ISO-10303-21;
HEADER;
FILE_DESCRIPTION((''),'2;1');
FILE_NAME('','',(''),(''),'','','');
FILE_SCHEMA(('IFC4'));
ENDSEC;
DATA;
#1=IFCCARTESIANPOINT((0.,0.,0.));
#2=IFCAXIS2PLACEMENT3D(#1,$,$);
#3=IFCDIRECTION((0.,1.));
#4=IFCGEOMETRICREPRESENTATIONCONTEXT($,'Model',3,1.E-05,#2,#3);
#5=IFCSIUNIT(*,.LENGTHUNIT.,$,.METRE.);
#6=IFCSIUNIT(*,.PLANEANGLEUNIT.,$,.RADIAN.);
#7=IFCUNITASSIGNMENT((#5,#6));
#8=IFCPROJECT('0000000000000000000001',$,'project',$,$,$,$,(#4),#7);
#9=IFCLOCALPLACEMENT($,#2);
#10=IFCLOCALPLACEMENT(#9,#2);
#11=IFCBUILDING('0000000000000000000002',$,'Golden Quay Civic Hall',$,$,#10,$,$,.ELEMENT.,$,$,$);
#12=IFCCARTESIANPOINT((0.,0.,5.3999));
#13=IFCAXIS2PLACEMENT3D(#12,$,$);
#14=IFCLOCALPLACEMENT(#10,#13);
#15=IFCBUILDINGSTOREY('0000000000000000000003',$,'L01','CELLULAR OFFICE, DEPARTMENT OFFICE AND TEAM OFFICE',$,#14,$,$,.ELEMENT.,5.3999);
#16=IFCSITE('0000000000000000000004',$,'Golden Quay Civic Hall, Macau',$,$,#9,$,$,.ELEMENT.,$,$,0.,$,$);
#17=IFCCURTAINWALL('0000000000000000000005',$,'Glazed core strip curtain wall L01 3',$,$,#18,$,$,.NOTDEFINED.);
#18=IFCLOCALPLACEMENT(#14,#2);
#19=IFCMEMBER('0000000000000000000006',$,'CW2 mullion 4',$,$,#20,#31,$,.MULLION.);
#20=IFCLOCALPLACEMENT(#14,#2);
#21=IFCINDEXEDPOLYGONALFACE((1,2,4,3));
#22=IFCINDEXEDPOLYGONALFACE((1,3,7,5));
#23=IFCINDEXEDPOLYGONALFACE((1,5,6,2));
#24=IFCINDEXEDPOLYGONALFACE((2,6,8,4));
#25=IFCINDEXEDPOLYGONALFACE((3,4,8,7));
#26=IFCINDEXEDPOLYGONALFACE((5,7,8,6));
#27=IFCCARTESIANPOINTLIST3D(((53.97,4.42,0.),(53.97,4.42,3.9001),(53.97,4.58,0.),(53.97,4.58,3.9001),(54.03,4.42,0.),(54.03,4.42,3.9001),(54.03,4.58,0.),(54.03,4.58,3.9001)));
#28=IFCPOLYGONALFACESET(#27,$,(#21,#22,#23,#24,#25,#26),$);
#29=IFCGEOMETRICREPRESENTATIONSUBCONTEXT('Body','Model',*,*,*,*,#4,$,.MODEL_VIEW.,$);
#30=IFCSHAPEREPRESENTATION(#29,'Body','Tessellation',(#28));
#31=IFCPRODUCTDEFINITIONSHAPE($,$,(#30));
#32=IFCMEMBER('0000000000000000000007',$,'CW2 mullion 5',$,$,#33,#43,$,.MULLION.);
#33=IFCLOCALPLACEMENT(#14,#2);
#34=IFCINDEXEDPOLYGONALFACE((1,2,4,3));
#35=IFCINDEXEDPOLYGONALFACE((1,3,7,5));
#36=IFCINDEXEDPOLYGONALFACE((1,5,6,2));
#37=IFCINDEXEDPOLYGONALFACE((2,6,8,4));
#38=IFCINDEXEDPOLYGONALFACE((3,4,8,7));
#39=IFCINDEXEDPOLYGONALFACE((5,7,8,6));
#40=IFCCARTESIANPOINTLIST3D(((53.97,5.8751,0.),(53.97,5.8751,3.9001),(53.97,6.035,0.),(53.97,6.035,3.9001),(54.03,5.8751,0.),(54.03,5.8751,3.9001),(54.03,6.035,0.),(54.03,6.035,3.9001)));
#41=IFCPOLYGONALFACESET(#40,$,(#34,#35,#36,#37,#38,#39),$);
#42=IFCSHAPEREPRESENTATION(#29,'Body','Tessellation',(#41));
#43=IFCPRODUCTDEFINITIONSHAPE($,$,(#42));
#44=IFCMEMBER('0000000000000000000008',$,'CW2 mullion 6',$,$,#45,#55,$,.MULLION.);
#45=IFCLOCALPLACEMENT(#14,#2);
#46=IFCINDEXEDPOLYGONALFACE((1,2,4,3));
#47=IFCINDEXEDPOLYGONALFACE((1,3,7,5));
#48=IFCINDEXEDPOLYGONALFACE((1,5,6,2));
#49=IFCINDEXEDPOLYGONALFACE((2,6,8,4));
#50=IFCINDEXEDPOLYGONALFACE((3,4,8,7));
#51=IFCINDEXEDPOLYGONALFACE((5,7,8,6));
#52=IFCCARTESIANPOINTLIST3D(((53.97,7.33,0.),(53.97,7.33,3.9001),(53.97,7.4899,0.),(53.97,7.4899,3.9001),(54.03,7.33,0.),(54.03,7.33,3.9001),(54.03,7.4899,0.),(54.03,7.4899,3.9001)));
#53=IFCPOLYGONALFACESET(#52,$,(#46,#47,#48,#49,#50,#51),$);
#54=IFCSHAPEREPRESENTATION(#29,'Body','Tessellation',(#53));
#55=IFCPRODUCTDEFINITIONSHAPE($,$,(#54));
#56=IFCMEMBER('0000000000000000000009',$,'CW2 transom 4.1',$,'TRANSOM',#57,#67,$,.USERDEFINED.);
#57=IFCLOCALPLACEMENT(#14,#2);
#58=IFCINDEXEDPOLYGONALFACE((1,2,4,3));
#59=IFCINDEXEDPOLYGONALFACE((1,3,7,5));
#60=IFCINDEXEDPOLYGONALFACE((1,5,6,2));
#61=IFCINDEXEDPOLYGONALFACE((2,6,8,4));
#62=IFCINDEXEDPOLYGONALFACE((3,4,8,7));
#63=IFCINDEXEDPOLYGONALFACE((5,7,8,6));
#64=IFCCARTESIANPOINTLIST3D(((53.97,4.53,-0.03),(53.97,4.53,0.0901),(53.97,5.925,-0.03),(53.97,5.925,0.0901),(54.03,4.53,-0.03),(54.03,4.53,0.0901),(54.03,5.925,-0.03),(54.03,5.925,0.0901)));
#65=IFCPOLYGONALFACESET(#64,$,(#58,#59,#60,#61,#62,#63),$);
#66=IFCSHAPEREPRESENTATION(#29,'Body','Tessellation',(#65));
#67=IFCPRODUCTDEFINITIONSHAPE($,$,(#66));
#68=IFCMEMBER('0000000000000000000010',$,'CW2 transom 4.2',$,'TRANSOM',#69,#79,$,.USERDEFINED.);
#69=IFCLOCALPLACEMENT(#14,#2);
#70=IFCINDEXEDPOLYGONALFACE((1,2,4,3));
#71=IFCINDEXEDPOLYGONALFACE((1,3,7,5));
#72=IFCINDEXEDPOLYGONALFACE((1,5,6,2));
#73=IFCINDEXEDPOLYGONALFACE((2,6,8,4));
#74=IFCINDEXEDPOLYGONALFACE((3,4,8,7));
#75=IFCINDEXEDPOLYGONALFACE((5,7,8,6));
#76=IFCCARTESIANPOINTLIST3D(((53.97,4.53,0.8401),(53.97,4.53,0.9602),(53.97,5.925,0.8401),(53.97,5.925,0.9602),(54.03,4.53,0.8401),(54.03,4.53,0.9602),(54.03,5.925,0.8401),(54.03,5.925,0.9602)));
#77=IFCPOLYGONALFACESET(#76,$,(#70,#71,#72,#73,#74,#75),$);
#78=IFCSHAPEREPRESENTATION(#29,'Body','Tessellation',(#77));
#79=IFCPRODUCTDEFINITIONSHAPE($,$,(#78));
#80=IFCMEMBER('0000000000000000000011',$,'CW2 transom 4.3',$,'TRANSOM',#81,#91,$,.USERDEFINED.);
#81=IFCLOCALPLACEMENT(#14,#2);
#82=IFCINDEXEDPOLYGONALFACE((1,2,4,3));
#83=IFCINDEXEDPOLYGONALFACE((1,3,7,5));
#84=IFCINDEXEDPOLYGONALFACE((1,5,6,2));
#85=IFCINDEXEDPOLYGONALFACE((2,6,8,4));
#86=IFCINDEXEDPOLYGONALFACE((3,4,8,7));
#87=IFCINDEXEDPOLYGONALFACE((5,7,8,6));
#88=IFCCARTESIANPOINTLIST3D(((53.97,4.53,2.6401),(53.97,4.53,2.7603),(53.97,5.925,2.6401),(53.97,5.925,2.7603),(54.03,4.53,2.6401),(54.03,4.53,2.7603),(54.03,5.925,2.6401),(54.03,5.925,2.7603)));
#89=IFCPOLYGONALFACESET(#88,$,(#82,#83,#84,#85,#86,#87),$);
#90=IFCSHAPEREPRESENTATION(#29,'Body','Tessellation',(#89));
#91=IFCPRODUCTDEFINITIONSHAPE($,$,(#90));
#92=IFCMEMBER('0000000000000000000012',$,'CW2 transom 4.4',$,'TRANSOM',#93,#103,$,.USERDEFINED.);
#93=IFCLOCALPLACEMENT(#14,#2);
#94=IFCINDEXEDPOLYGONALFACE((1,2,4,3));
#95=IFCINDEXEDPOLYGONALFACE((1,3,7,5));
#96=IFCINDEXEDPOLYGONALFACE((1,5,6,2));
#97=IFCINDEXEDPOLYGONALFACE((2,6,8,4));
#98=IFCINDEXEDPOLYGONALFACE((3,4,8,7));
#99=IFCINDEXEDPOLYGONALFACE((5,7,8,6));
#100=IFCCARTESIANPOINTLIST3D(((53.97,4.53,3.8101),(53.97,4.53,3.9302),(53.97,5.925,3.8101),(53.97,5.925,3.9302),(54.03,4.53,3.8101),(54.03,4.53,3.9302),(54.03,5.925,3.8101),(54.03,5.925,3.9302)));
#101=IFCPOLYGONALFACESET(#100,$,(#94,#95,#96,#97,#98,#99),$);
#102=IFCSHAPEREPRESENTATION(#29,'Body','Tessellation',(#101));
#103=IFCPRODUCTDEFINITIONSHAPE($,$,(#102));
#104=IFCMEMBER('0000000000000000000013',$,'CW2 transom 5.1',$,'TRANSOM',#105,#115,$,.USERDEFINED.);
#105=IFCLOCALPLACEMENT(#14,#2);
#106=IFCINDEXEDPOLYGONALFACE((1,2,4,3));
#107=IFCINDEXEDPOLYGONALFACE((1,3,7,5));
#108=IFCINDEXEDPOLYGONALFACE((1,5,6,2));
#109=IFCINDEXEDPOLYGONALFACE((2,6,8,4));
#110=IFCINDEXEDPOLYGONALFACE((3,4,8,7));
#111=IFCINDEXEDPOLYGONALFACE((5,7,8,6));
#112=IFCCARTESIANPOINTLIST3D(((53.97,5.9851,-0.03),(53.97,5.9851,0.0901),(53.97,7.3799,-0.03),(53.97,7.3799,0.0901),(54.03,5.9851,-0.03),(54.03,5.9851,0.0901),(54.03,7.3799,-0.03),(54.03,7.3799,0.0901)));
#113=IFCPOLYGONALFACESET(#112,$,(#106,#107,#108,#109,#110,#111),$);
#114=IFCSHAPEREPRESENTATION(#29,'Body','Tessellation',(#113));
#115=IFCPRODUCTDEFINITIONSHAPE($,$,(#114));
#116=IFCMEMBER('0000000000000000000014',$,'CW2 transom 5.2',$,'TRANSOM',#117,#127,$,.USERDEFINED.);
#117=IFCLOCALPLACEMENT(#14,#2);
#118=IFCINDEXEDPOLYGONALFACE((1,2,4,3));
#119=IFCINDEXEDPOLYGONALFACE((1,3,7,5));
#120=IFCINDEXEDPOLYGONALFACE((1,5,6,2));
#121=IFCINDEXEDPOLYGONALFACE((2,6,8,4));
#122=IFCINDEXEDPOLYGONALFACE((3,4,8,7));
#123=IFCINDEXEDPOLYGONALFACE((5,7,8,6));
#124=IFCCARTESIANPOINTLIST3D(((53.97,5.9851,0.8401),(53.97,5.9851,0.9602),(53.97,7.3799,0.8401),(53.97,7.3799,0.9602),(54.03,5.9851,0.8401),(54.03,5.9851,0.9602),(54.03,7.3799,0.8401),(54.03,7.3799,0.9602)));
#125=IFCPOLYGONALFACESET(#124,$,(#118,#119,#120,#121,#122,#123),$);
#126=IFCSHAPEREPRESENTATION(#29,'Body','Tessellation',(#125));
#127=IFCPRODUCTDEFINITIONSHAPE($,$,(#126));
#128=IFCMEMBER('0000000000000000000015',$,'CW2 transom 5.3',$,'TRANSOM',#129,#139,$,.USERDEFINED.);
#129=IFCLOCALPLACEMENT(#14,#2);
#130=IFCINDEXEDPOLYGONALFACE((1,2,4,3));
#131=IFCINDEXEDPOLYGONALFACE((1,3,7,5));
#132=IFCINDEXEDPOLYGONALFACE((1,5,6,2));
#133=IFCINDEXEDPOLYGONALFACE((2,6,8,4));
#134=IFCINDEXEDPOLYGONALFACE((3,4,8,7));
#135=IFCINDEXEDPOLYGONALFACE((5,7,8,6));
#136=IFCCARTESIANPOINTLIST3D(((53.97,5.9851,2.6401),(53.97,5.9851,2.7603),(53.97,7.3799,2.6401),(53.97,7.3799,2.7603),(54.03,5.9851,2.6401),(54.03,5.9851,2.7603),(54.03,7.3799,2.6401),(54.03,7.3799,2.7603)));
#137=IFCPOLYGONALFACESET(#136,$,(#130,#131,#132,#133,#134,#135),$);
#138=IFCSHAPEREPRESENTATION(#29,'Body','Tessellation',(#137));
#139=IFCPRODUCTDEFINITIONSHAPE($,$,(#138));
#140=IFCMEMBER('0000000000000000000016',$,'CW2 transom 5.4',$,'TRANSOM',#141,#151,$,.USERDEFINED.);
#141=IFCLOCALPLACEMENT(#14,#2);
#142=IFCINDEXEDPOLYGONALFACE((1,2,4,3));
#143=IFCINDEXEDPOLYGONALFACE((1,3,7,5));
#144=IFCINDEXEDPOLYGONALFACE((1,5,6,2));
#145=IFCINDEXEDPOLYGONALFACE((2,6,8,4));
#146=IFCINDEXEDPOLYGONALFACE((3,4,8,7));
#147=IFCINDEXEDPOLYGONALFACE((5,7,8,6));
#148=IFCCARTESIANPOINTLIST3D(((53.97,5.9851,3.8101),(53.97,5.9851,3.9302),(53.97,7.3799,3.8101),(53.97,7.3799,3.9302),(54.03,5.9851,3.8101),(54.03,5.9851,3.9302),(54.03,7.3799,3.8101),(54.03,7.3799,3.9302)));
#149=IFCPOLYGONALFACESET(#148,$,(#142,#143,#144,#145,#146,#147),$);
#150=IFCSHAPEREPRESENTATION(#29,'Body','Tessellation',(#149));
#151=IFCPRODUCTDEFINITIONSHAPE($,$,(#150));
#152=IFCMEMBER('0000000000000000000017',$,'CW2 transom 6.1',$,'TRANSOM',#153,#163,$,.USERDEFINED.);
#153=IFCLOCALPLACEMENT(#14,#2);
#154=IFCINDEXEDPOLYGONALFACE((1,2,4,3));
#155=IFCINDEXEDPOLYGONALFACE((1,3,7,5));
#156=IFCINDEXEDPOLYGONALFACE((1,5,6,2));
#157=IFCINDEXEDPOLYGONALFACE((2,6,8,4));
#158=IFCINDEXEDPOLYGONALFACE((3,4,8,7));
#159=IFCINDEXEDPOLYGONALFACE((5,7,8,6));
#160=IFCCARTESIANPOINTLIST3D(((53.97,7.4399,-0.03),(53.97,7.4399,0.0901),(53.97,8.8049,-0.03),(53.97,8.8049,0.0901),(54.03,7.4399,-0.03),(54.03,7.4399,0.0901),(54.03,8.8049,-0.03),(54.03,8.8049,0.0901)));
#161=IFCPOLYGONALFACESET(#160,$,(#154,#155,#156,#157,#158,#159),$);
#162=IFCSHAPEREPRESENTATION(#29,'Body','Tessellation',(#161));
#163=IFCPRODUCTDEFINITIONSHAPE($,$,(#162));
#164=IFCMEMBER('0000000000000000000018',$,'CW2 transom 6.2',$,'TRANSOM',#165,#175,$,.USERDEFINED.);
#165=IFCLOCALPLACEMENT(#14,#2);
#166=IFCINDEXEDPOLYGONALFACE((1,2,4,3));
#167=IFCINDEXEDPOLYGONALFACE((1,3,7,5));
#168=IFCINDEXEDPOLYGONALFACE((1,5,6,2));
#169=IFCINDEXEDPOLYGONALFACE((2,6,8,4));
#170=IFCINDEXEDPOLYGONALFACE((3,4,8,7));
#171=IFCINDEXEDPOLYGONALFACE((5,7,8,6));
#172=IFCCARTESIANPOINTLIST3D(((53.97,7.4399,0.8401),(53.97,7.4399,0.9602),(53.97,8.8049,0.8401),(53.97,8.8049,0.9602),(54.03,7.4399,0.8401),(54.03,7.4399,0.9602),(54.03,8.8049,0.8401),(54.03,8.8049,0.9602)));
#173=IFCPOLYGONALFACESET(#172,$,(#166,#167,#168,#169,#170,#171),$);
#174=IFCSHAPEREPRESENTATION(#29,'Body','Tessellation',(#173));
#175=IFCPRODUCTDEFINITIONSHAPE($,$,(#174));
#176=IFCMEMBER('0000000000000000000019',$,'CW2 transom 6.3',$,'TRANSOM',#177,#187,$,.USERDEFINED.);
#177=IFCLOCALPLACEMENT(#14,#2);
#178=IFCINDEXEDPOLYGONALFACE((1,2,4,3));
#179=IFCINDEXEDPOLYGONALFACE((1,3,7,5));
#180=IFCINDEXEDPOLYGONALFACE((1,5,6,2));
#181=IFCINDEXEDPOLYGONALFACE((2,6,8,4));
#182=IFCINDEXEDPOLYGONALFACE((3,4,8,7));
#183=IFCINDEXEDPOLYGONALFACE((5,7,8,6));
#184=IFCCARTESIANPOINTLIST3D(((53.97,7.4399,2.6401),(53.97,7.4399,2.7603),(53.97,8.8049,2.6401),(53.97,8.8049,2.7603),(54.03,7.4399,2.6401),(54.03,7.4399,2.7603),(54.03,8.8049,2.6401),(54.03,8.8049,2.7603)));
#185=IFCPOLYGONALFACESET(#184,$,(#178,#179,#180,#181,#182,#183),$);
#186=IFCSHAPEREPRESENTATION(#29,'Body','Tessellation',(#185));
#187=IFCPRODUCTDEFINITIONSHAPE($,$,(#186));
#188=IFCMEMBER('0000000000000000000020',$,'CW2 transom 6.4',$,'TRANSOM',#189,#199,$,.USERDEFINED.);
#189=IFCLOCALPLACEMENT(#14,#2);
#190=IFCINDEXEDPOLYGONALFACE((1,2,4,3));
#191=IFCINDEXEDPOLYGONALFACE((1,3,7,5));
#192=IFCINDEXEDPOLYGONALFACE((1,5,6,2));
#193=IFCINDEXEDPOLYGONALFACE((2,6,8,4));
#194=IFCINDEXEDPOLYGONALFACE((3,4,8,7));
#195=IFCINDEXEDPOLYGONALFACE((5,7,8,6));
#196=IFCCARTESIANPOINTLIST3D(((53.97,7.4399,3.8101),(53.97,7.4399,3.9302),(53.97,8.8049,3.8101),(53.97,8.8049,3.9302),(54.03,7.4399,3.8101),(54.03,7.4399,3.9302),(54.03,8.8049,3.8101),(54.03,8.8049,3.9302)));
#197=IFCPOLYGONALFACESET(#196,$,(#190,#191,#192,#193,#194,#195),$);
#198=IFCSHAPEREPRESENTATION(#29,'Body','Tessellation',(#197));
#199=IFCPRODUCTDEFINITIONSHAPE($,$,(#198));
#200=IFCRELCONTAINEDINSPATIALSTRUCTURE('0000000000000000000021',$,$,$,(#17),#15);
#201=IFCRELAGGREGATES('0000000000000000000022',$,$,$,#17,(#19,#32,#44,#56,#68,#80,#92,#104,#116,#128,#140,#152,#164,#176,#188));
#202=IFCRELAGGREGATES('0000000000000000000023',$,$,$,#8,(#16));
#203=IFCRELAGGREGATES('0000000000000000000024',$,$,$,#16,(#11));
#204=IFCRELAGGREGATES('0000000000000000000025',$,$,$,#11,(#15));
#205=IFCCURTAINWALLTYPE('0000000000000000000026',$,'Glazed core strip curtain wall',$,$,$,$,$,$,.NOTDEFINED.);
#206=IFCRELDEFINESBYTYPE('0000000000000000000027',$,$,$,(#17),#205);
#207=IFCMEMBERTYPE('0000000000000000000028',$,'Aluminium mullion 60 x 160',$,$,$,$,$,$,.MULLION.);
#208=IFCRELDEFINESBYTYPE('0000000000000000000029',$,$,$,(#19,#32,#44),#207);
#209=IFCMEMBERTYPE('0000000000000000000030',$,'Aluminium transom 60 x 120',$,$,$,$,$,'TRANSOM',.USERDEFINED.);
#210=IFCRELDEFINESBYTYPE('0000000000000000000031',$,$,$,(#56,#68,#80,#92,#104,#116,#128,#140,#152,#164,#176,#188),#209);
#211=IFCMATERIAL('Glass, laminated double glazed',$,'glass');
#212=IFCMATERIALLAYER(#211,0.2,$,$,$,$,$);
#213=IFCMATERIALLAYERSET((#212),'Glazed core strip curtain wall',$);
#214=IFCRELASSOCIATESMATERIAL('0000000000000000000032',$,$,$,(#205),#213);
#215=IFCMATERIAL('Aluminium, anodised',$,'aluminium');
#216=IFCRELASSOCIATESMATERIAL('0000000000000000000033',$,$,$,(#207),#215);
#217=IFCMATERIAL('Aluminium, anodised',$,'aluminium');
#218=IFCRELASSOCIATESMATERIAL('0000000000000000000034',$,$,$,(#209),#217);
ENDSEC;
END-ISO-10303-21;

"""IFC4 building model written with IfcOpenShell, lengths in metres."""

from ifc_helpers import new_model, si_unit, direction, frame, origin, origin_2d, place, context, subcontext, project, spatial, rectangle, extrude, material, layer, layer_set, material_profile, profile_set, type_object, element, aggregate, save


model = new_model("IFC4")

# Units and contexts
model_context = context("Model", 3, precision=1e-05, world=origin(), true_north=direction((0.0, 1.0)))
body_context = subcontext(model_context, "Body", "Model", "MODEL_VIEW")
ifc_project = project(units=[si_unit("LENGTHUNIT", "METRE"), si_unit("PLANEANGLEUNIT", "RADIAN")], contexts=[model_context])

# Site, building, storey
site_placement = place(None, origin())
site = spatial("IfcSite", under=ifc_project, at=site_placement, Name="Golden Quay Civic Hall, Macau", CompositionType="ELEMENT", RefElevation=0.0)
building_placement = place(site_placement, origin())
building = spatial("IfcBuilding", under=site, at=building_placement, Name="Golden Quay Civic Hall", CompositionType="ELEMENT")
storey_placement = place(building_placement, frame((0.0, 0.0, 5.3999)))
storey = spatial("IfcBuildingStorey", under=building, at=storey_placement, Name="L01", Description="CELLULAR OFFICE, DEPARTMENT OFFICE AND TEAM OFFICE", CompositionType="ELEMENT", Elevation=5.3999)

# Curtain wall, members
ifc_material_1 = material(Name="Glass, laminated double glazed", Category="glass")
ifc_layer_1 = layer(ifc_material_1, 0.2)
ifc_layer_set_1 = layer_set([ifc_layer_1], Name="Glazed core strip curtain wall")
curtain_wall_type = type_object("IfcCurtainWallType", Name="Glazed core strip curtain wall", PredefinedType="NOTDEFINED", material=ifc_layer_set_1)
curtain_wall_placement = place(storey_placement, origin())
curtain_wall = element("IfcCurtainWall", 1, at=curtain_wall_placement, inside=storey, type_object=curtain_wall_type, Name="Glazed core strip curtain wall L01 3", PredefinedType="NOTDEFINED")
ifc_material_2 = material(Name="Aluminium, anodised", Category="aluminium")
ifc_material_profile_1 = material_profile(ifc_material_2, rectangle(XDim=0.0601, YDim=0.1599, at=origin_2d()), Name="Aluminium 60 x 160")
ifc_profile_set_1 = profile_set([ifc_material_profile_1], Name="Aluminium, anodised")
member_type_1 = type_object("IfcMemberType", Name="Aluminium mullion 60 x 160", PredefinedType="MULLION", material=ifc_profile_set_1)
member_1_placement = place(storey_placement, frame((54.0, 4.5, 0.0), z_axis=(0.0, 0.0, 1.0), x_axis=(-1.0, 0.0, 0.0)))
member_1 = element("IfcMember", 2, at=member_1_placement, type_object=member_type_1, Name="CW2 mullion 4", PredefinedType="MULLION", context=body_context, shape_type="SweptSolid", body=[
    extrude(rectangle(XDim=0.0601, YDim=0.1599, at=origin_2d()), origin(), (0.0, 0.0, 1.0), 3.9001),
])
member_2_placement = place(storey_placement, frame((54.0, 5.9551, 0.0), z_axis=(0.0, 0.0, 1.0), x_axis=(-1.0, 0.0, 0.0)))
member_2 = element("IfcMember", 3, at=member_2_placement, type_object=member_type_1, Name="CW2 mullion 5", PredefinedType="MULLION", context=body_context, shape_type="SweptSolid", body=[
    extrude(rectangle(XDim=0.0601, YDim=0.1599, at=origin_2d()), origin(), (0.0, 0.0, 1.0), 3.9001),
])
member_3_placement = place(storey_placement, frame((54.0, 7.4099, 0.0), z_axis=(0.0, 0.0, 1.0), x_axis=(-1.0, 0.0, 0.0)))
member_3 = element("IfcMember", 4, at=member_3_placement, type_object=member_type_1, Name="CW2 mullion 6", PredefinedType="MULLION", context=body_context, shape_type="SweptSolid", body=[
    extrude(rectangle(XDim=0.0601, YDim=0.1599, at=origin_2d()), origin(), (0.0, 0.0, 1.0), 3.9001),
])
ifc_material_3 = material(Name="Aluminium, anodised", Category="aluminium")
ifc_material_profile_2 = material_profile(ifc_material_3, rectangle(XDim=0.0601, YDim=0.1201, at=origin_2d()), Name="Aluminium 60 x 120")
ifc_profile_set_2 = profile_set([ifc_material_profile_2], Name="Aluminium, anodised")
member_type_2 = type_object("IfcMemberType", Name="Aluminium transom 60 x 120", ElementType="TRANSOM", PredefinedType="USERDEFINED", material=ifc_profile_set_2)
member_4_placement = place(storey_placement, frame((54.0, 4.53, 0.03), z_axis=(0.0, 1.0, 0.0), x_axis=(-1.0, 0.0, 0.0)))
member_4 = element("IfcMember", 5, at=member_4_placement, type_object=member_type_2, Name="CW2 transom 4.1", ObjectType="TRANSOM", PredefinedType="USERDEFINED", context=body_context, shape_type="SweptSolid", body=[
    extrude(rectangle(XDim=0.0601, YDim=0.1201, at=origin_2d()), origin(), (0.0, 0.0, 1.0), 1.395),
])
member_5_placement = place(storey_placement, frame((54.0, 4.53, 0.9001), z_axis=(0.0, 1.0, 0.0), x_axis=(-1.0, 0.0, 0.0)))
member_5 = element("IfcMember", 6, at=member_5_placement, type_object=member_type_2, Name="CW2 transom 4.2", ObjectType="TRANSOM", PredefinedType="USERDEFINED", context=body_context, shape_type="SweptSolid", body=[
    extrude(rectangle(XDim=0.0601, YDim=0.1201, at=origin_2d()), origin(), (0.0, 0.0, 1.0), 1.395),
])
member_6_placement = place(storey_placement, frame((54.0, 4.53, 2.7002), z_axis=(0.0, 1.0, 0.0), x_axis=(-1.0, 0.0, 0.0)))
member_6 = element("IfcMember", 7, at=member_6_placement, type_object=member_type_2, Name="CW2 transom 4.3", ObjectType="TRANSOM", PredefinedType="USERDEFINED", context=body_context, shape_type="SweptSolid", body=[
    extrude(rectangle(XDim=0.0601, YDim=0.1201, at=origin_2d()), origin(), (0.0, 0.0, 1.0), 1.395),
])
member_7_placement = place(storey_placement, frame((54.0, 4.53, 3.8701), z_axis=(0.0, 1.0, 0.0), x_axis=(-1.0, 0.0, 0.0)))
member_7 = element("IfcMember", 8, at=member_7_placement, type_object=member_type_2, Name="CW2 transom 4.4", ObjectType="TRANSOM", PredefinedType="USERDEFINED", context=body_context, shape_type="SweptSolid", body=[
    extrude(rectangle(XDim=0.0601, YDim=0.1201, at=origin_2d()), origin(), (0.0, 0.0, 1.0), 1.395),
])
member_8_placement = place(storey_placement, frame((54.0, 5.9851, 0.03), z_axis=(0.0, 1.0, 0.0), x_axis=(-1.0, 0.0, 0.0)))
member_8 = element("IfcMember", 9, at=member_8_placement, type_object=member_type_2, Name="CW2 transom 5.1", ObjectType="TRANSOM", PredefinedType="USERDEFINED", context=body_context, shape_type="SweptSolid", body=[
    extrude(rectangle(XDim=0.0601, YDim=0.1201, at=origin_2d()), origin(), (0.0, 0.0, 1.0), 1.3948),
])
member_9_placement = place(storey_placement, frame((54.0, 5.9851, 0.9001), z_axis=(0.0, 1.0, 0.0), x_axis=(-1.0, 0.0, 0.0)))
member_9 = element("IfcMember", 10, at=member_9_placement, type_object=member_type_2, Name="CW2 transom 5.2", ObjectType="TRANSOM", PredefinedType="USERDEFINED", context=body_context, shape_type="SweptSolid", body=[
    extrude(rectangle(XDim=0.0601, YDim=0.1201, at=origin_2d()), origin(), (0.0, 0.0, 1.0), 1.3948),
])
member_10_placement = place(storey_placement, frame((54.0, 5.9851, 2.7002), z_axis=(0.0, 1.0, 0.0), x_axis=(-1.0, 0.0, 0.0)))
member_10 = element("IfcMember", 11, at=member_10_placement, type_object=member_type_2, Name="CW2 transom 5.3", ObjectType="TRANSOM", PredefinedType="USERDEFINED", context=body_context, shape_type="SweptSolid", body=[
    extrude(rectangle(XDim=0.0601, YDim=0.1201, at=origin_2d()), origin(), (0.0, 0.0, 1.0), 1.3948),
])
member_11_placement = place(storey_placement, frame((54.0, 5.9851, 3.8701), z_axis=(0.0, 1.0, 0.0), x_axis=(-1.0, 0.0, 0.0)))
member_11 = element("IfcMember", 12, at=member_11_placement, type_object=member_type_2, Name="CW2 transom 5.4", ObjectType="TRANSOM", PredefinedType="USERDEFINED", context=body_context, shape_type="SweptSolid", body=[
    extrude(rectangle(XDim=0.0601, YDim=0.1201, at=origin_2d()), origin(), (0.0, 0.0, 1.0), 1.3948),
])
member_12_placement = place(storey_placement, frame((54.0, 7.4399, 0.03), z_axis=(0.0, 1.0, 0.0), x_axis=(-1.0, 0.0, 0.0)))
member_12 = element("IfcMember", 13, at=member_12_placement, type_object=member_type_2, Name="CW2 transom 6.1", ObjectType="TRANSOM", PredefinedType="USERDEFINED", context=body_context, shape_type="SweptSolid", body=[
    extrude(rectangle(XDim=0.0601, YDim=0.1201, at=origin_2d()), origin(), (0.0, 0.0, 1.0), 1.365),
])
member_13_placement = place(storey_placement, frame((54.0, 7.4399, 0.9001), z_axis=(0.0, 1.0, 0.0), x_axis=(-1.0, 0.0, 0.0)))
member_13 = element("IfcMember", 14, at=member_13_placement, type_object=member_type_2, Name="CW2 transom 6.2", ObjectType="TRANSOM", PredefinedType="USERDEFINED", context=body_context, shape_type="SweptSolid", body=[
    extrude(rectangle(XDim=0.0601, YDim=0.1201, at=origin_2d()), origin(), (0.0, 0.0, 1.0), 1.365),
])
member_14_placement = place(storey_placement, frame((54.0, 7.4399, 2.7002), z_axis=(0.0, 1.0, 0.0), x_axis=(-1.0, 0.0, 0.0)))
member_14 = element("IfcMember", 15, at=member_14_placement, type_object=member_type_2, Name="CW2 transom 6.3", ObjectType="TRANSOM", PredefinedType="USERDEFINED", context=body_context, shape_type="SweptSolid", body=[
    extrude(rectangle(XDim=0.0601, YDim=0.1201, at=origin_2d()), origin(), (0.0, 0.0, 1.0), 1.365),
])
member_15_placement = place(storey_placement, frame((54.0, 7.4399, 3.8701), z_axis=(0.0, 1.0, 0.0), x_axis=(-1.0, 0.0, 0.0)))
member_15 = element("IfcMember", 16, at=member_15_placement, type_object=member_type_2, Name="CW2 transom 6.4", ObjectType="TRANSOM", PredefinedType="USERDEFINED", context=body_context, shape_type="SweptSolid", body=[
    extrude(rectangle(XDim=0.0601, YDim=0.1201, at=origin_2d()), origin(), (0.0, 0.0, 1.0), 1.365),
])
aggregate(curtain_wall, [member_1, member_2, member_3, member_4, member_5, member_6, member_7, member_8, member_9, member_10, member_11, member_12, member_13, member_14, member_15])

save(model, "model.ifc")
